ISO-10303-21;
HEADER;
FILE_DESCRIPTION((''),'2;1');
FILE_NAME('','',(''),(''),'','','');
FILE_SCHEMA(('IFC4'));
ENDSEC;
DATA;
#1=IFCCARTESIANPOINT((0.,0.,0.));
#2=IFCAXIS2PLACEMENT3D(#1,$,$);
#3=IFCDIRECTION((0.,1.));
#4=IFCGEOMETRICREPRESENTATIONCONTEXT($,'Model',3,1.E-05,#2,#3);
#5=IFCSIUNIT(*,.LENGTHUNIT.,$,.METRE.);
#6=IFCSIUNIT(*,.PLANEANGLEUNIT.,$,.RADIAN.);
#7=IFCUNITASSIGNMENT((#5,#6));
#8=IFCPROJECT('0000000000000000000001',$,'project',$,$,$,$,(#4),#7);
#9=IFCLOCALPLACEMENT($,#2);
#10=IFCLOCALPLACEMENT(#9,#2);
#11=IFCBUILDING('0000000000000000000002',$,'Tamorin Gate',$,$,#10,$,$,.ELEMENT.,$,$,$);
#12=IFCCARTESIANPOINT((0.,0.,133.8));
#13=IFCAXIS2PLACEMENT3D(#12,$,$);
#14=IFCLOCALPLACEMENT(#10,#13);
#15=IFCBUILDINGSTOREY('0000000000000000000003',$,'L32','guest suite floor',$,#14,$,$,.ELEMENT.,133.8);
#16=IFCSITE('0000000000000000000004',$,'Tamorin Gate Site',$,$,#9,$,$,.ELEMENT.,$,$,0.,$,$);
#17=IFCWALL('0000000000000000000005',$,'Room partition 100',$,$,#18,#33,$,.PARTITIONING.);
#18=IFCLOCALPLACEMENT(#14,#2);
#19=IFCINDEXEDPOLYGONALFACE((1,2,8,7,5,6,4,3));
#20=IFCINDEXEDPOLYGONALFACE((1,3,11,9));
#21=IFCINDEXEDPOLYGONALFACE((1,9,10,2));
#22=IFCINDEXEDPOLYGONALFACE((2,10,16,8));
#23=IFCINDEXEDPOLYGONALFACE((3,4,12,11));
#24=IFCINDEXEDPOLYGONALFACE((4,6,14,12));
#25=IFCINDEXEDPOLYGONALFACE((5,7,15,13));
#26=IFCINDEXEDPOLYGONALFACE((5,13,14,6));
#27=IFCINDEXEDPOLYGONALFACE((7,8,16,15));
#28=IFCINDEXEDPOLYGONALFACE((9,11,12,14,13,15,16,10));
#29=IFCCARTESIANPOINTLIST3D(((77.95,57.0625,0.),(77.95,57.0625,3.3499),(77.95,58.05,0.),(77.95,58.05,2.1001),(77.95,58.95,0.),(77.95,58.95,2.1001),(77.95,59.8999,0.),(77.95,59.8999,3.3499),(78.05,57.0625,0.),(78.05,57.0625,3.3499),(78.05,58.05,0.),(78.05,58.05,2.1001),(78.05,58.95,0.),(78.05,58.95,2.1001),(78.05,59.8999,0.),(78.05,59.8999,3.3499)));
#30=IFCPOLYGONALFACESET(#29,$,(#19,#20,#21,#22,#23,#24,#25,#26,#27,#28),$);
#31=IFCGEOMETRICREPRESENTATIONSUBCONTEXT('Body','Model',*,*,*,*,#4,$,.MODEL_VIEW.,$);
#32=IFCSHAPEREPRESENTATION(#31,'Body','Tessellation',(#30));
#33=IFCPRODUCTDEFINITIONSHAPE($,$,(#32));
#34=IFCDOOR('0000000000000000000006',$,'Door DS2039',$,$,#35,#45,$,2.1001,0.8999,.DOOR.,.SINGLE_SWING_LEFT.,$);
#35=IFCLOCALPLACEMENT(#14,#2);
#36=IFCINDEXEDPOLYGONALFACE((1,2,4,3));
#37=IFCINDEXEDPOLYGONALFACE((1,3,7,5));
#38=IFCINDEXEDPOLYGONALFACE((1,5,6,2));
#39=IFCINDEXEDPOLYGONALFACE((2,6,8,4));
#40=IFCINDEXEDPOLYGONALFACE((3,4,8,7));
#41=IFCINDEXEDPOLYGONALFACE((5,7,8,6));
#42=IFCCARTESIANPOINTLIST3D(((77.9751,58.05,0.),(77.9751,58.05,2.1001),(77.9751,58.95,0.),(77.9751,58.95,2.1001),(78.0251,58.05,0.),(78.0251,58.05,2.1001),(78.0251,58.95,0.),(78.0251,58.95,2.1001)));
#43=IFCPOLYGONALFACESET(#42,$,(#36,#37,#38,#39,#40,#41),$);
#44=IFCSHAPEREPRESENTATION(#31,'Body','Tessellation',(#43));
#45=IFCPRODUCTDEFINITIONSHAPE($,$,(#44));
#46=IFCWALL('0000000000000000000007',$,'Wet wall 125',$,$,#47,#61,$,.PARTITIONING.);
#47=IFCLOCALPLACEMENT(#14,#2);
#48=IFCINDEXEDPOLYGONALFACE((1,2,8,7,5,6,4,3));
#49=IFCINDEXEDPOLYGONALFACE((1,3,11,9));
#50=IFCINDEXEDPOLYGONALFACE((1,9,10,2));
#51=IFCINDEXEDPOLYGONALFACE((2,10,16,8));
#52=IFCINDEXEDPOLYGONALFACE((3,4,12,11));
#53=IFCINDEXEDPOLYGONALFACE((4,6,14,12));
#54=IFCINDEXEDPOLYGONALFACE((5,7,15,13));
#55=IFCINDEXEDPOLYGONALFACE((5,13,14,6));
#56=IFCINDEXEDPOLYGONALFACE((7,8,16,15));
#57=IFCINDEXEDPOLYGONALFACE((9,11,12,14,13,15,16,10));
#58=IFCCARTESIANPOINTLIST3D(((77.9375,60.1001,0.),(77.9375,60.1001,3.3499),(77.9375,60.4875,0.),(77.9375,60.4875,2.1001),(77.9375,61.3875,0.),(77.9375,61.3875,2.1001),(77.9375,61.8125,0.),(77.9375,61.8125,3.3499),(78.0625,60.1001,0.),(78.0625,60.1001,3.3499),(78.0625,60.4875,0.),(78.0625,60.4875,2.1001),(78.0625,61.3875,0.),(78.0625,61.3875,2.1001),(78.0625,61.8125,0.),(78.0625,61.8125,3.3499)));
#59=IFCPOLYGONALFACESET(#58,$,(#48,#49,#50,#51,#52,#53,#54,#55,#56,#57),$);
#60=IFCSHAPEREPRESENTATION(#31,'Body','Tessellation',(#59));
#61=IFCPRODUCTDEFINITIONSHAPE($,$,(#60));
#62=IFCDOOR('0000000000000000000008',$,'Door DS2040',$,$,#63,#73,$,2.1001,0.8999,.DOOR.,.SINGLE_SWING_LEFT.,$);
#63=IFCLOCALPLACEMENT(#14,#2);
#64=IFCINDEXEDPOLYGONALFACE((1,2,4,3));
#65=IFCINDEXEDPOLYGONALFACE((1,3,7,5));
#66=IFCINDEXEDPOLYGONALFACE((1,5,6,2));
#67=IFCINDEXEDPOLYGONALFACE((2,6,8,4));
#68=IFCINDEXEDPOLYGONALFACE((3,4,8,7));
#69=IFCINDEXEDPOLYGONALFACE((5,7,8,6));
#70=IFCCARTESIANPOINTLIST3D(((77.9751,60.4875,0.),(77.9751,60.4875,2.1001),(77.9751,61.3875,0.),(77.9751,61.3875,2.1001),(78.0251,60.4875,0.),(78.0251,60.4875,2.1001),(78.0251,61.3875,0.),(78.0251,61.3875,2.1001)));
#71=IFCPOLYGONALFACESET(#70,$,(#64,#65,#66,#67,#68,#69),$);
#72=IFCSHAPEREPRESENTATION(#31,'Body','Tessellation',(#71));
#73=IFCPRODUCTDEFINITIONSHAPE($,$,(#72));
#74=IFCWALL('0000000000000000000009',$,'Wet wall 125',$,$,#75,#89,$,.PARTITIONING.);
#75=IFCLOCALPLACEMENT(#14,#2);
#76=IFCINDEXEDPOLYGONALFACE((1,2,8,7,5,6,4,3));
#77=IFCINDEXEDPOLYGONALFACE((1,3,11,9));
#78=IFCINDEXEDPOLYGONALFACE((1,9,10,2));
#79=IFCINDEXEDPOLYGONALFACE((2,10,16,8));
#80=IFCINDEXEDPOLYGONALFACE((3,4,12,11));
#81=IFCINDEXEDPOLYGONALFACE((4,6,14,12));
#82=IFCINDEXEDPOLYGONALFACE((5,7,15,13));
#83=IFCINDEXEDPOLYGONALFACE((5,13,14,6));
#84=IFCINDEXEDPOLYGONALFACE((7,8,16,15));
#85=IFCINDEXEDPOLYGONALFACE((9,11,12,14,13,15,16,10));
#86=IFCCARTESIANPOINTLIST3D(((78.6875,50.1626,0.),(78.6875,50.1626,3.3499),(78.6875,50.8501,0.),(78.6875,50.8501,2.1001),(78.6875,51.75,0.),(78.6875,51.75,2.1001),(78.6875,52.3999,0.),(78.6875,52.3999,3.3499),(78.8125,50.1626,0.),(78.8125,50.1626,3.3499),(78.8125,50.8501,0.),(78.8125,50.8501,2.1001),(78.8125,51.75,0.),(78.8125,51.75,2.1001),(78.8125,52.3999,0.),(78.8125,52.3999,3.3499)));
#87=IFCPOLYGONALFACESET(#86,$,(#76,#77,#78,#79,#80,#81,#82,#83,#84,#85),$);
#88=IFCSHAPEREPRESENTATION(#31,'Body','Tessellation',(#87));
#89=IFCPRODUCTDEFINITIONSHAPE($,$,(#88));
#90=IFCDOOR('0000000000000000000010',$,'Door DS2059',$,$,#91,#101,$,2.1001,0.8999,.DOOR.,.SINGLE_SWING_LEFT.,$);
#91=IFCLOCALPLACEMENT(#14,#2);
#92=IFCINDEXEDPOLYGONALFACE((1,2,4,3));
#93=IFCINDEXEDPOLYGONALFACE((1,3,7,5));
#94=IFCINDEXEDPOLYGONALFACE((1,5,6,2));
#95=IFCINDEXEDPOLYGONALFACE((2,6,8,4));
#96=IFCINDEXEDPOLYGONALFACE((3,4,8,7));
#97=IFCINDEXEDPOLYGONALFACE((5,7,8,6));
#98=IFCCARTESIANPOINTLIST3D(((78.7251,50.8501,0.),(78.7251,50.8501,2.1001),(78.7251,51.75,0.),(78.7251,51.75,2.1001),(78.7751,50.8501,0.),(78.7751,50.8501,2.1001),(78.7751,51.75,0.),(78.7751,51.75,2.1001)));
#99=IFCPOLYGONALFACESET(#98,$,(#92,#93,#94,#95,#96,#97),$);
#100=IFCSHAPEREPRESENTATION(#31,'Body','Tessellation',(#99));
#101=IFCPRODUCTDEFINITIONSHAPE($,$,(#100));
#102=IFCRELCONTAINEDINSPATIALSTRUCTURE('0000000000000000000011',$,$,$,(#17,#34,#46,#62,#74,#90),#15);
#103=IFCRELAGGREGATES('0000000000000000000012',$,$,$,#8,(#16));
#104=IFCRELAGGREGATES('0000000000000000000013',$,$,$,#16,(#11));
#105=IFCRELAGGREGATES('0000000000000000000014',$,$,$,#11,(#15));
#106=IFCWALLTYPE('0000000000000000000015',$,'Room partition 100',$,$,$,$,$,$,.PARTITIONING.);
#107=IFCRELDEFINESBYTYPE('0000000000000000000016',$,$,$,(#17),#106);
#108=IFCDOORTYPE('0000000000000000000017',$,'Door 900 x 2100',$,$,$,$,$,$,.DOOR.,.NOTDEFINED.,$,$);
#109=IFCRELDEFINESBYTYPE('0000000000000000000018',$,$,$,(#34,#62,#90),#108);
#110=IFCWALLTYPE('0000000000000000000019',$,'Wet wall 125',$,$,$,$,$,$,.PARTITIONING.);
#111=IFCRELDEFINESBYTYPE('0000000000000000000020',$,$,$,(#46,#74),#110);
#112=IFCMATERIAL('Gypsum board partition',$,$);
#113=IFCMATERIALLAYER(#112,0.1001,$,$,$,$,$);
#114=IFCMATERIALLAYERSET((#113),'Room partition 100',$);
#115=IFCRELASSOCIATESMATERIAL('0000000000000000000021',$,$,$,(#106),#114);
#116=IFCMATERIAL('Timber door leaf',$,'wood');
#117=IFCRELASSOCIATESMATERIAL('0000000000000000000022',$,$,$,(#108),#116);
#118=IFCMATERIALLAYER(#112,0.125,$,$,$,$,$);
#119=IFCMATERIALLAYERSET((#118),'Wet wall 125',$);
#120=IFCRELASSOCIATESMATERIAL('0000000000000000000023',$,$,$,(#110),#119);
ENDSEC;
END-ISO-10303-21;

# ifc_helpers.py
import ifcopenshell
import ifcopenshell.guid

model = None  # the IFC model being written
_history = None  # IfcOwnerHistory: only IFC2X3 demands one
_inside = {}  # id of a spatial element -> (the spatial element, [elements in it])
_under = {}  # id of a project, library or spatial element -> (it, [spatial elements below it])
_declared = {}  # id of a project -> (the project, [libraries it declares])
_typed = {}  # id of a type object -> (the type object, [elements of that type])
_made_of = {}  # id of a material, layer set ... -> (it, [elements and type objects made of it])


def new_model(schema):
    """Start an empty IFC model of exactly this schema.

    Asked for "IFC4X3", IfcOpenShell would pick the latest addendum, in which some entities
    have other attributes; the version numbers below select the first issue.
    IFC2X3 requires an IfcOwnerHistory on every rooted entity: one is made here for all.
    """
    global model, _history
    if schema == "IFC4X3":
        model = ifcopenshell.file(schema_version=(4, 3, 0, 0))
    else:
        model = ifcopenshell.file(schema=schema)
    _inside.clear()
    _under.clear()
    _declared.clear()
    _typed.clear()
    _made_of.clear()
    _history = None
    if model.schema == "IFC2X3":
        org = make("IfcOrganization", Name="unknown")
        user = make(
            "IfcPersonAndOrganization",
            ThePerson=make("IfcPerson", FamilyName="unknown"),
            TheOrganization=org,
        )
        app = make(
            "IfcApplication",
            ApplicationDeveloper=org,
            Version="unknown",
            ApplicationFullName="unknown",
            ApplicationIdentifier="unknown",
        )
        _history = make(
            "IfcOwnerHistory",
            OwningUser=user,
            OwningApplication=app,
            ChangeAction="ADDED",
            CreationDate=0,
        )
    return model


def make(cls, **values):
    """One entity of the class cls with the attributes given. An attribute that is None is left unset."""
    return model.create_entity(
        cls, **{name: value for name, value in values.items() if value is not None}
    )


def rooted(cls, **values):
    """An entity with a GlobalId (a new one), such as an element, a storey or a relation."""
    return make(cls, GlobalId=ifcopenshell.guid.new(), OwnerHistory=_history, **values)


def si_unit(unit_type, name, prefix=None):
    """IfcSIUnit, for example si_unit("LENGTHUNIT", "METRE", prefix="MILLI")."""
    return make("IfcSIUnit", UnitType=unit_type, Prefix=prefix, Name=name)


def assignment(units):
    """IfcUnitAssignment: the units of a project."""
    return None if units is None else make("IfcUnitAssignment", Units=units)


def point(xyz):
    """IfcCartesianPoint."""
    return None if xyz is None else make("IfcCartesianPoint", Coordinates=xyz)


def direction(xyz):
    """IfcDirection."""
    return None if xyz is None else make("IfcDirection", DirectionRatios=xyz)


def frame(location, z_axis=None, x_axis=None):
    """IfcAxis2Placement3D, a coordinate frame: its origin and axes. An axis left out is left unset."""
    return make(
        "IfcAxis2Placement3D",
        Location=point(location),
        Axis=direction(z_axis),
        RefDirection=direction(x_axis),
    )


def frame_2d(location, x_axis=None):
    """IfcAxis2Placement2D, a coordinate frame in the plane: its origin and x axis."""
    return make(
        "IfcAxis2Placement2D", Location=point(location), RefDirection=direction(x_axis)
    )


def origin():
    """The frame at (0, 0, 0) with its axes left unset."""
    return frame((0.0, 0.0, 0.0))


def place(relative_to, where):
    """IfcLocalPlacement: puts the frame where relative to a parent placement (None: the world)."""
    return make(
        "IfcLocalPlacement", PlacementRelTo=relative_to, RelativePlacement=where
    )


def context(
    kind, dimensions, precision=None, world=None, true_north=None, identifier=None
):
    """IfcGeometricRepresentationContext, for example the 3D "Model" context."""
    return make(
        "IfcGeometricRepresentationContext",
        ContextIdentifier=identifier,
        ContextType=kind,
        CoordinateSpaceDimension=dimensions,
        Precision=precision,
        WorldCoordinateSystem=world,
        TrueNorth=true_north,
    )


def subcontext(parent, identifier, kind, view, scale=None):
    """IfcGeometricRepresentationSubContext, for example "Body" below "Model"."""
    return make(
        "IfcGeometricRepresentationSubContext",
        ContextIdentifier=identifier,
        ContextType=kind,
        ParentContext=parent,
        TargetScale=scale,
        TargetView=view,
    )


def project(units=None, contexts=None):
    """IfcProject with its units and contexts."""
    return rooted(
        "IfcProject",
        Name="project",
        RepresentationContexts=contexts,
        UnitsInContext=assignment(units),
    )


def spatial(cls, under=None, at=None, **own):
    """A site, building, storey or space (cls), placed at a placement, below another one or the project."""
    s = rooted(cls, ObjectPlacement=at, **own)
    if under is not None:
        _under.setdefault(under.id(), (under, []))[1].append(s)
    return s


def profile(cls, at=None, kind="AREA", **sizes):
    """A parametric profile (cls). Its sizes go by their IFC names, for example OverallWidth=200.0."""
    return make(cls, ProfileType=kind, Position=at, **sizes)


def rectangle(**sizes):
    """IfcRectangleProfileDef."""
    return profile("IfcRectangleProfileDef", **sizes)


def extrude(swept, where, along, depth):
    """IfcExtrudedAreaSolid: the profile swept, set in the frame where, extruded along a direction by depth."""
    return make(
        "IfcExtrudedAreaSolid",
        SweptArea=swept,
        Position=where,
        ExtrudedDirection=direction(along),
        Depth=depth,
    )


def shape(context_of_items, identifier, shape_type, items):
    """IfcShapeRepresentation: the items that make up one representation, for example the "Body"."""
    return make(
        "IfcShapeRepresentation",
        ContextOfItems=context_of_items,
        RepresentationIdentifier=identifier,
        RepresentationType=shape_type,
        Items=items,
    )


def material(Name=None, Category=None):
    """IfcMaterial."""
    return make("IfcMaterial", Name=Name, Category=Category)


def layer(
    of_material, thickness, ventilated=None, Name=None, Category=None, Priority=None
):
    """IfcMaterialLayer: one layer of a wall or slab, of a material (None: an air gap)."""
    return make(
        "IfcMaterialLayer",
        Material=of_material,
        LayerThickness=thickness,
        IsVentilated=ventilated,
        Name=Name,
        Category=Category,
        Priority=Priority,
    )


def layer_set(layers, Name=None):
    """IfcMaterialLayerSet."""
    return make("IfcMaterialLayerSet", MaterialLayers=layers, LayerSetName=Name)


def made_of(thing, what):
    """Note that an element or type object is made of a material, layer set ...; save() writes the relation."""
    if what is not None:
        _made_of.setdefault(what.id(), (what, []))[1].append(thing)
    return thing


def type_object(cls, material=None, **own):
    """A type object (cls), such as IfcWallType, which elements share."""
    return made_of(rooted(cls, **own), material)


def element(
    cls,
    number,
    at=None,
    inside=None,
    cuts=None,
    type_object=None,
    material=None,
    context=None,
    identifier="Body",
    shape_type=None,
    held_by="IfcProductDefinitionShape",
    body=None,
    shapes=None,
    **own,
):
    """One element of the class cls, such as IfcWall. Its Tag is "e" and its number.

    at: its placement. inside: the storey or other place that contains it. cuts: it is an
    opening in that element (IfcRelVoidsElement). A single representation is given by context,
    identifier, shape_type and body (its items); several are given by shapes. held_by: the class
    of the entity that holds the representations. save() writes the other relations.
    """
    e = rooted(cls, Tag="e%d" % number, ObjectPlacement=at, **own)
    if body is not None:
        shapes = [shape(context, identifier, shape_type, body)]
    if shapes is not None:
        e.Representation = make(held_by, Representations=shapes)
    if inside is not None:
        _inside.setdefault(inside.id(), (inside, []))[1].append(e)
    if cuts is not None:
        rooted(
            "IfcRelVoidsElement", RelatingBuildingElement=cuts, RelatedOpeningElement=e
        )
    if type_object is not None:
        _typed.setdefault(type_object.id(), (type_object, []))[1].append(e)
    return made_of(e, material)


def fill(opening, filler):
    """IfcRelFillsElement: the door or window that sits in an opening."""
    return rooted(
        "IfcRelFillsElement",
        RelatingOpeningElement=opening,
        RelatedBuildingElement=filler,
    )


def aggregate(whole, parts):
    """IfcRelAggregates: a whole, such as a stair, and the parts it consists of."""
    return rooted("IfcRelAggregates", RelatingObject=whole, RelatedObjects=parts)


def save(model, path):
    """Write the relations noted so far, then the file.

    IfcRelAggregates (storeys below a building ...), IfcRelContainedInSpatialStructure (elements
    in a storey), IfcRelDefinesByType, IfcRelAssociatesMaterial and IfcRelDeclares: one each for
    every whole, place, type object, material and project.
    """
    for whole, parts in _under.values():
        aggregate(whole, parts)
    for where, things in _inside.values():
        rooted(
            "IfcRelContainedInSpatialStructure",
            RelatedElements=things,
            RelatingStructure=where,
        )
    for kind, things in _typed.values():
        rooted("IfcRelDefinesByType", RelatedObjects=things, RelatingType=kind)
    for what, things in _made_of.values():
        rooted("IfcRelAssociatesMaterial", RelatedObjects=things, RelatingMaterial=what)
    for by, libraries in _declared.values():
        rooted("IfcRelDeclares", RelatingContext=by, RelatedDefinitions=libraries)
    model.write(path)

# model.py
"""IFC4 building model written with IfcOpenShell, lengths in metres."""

from ifc_helpers import new_model, si_unit, direction, frame, frame_2d, origin, place, context, subcontext, project, spatial, rectangle, extrude, material, layer, layer_set, type_object, element, fill, save


model = new_model("IFC4")

# Units and contexts
model_context = context("Model", 3, precision=1e-05, world=origin(), true_north=direction((0.0, 1.0)))
body_context = subcontext(model_context, "Body", "Model", "MODEL_VIEW")
ifc_project = project(units=[si_unit("LENGTHUNIT", "METRE"), si_unit("PLANEANGLEUNIT", "RADIAN")], contexts=[model_context])

# Site, building, storey
site_placement = place(None, origin())
site = spatial("IfcSite", under=ifc_project, at=site_placement, Name="Tamorin Gate Site", CompositionType="ELEMENT", RefElevation=0.0)
building_placement = place(site_placement, origin())
building = spatial("IfcBuilding", under=site, at=building_placement, Name="Tamorin Gate", CompositionType="ELEMENT")
storey_placement = place(building_placement, frame((0.0, 0.0, 133.8)))
storey = spatial("IfcBuildingStorey", under=building, at=storey_placement, Name="L32", Description="guest suite floor", CompositionType="ELEMENT", Elevation=133.8)

# Walls, openings, doors
ifc_material_1 = material(Name="Gypsum board partition")
ifc_layer_1 = layer(ifc_material_1, 0.1001)
ifc_layer_set_1 = layer_set([ifc_layer_1], Name="Room partition 100")
wall_type_1 = type_object("IfcWallType", Name="Room partition 100", PredefinedType="PARTITIONING", material=ifc_layer_set_1)
wall_1_placement = place(storey_placement, frame((78.0, 57.0625, 0.0), z_axis=(0.0, 0.0, 1.0), x_axis=(0.0, 1.0, 0.0)))
wall_1 = element("IfcWall", 1, at=wall_1_placement, inside=storey, type_object=wall_type_1, Name="Room partition 100", PredefinedType="PARTITIONING", context=body_context, shape_type="SweptSolid", body=[
    extrude(rectangle(XDim=2.8374, YDim=0.1001, at=frame_2d((1.4187, 0.0))), origin(), (0.0, 0.0, 1.0), 3.3499),
])
opening_1_placement = place(wall_1_placement, frame((0.9875, 0.0, 0.0)))
opening_1 = element("IfcOpeningElement", 2, at=opening_1_placement, cuts=wall_1, PredefinedType="OPENING", context=body_context, shape_type="SweptSolid", body=[
    extrude(rectangle(XDim=0.8999, YDim=2.1001, at=frame_2d((0.45, 1.05))), frame((0.0, 0.0601, 0.0), z_axis=(0.0, -1.0, 0.0), x_axis=(1.0, 0.0, 0.0)), (0.0, 0.0, 1.0), 0.1201),
])
ifc_material_2 = material(Name="Timber door leaf", Category="wood")
door_type = type_object("IfcDoorType", Name="Door 900 x 2100", OperationType="NOTDEFINED", PredefinedType="DOOR", material=ifc_material_2)
door_1_placement = place(opening_1_placement, origin())
door_1 = element("IfcDoor", 3, at=door_1_placement, inside=storey, type_object=door_type, Name="Door DS2039", OperationType="SINGLE_SWING_LEFT", OverallHeight=2.1001, OverallWidth=0.8999, PredefinedType="DOOR", context=body_context, shape_type="SweptSolid", body=[
    extrude(rectangle(XDim=0.8999, YDim=2.1001, at=frame_2d((0.45, 1.05))), frame((0.0, 0.0249, 0.0), z_axis=(0.0, -1.0, 0.0), x_axis=(1.0, 0.0, 0.0)), (0.0, 0.0, 1.0), 0.05),
])
fill(opening_1, door_1)
ifc_layer_2 = layer(ifc_material_1, 0.125)
ifc_layer_set_2 = layer_set([ifc_layer_2], Name="Wet wall 125")
wall_type_2 = type_object("IfcWallType", Name="Wet wall 125", PredefinedType="PARTITIONING", material=ifc_layer_set_2)
wall_2_placement = place(storey_placement, frame((78.0, 60.1001, 0.0), z_axis=(0.0, 0.0, 1.0), x_axis=(0.0, 1.0, 0.0)))
wall_2 = element("IfcWall", 4, at=wall_2_placement, inside=storey, type_object=wall_type_2, Name="Wet wall 125", PredefinedType="PARTITIONING", context=body_context, shape_type="SweptSolid", body=[
    extrude(rectangle(XDim=1.7124, YDim=0.125, at=frame_2d((0.8562, 0.0))), origin(), (0.0, 0.0, 1.0), 3.3499),
])
opening_2_placement = place(wall_2_placement, frame((0.3875, 0.0, 0.0)))
opening_2 = element("IfcOpeningElement", 5, at=opening_2_placement, cuts=wall_2, PredefinedType="OPENING", context=body_context, shape_type="SweptSolid", body=[
    extrude(rectangle(XDim=0.8999, YDim=2.1001, at=frame_2d((0.45, 1.05))), frame((0.0, 0.0725, 0.0), z_axis=(0.0, -1.0, 0.0), x_axis=(1.0, 0.0, 0.0)), (0.0, 0.0, 1.0), 0.145),
])
door_2_placement = place(opening_2_placement, origin())
door_2 = element("IfcDoor", 6, at=door_2_placement, inside=storey, type_object=door_type, Name="Door DS2040", OperationType="SINGLE_SWING_LEFT", OverallHeight=2.1001, OverallWidth=0.8999, PredefinedType="DOOR", context=body_context, shape_type="SweptSolid", body=[
    extrude(rectangle(XDim=0.8999, YDim=2.1001, at=frame_2d((0.45, 1.05))), frame((0.0, 0.0249, 0.0), z_axis=(0.0, -1.0, 0.0), x_axis=(1.0, 0.0, 0.0)), (0.0, 0.0, 1.0), 0.05),
])
fill(opening_2, door_2)
wall_3_placement = place(storey_placement, frame((78.75, 50.1626, 0.0), z_axis=(0.0, 0.0, 1.0), x_axis=(0.0, 1.0, 0.0)))
wall_3 = element("IfcWall", 7, at=wall_3_placement, inside=storey, type_object=wall_type_2, Name="Wet wall 125", PredefinedType="PARTITIONING", context=body_context, shape_type="SweptSolid", body=[
    extrude(rectangle(XDim=2.2373, YDim=0.125, at=frame_2d((1.1187, 0.0))), origin(), (0.0, 0.0, 1.0), 3.3499),
])
opening_3_placement = place(wall_3_placement, frame((0.6875, 0.0, 0.0)))
opening_3 = element("IfcOpeningElement", 8, at=opening_3_placement, cuts=wall_3, PredefinedType="OPENING", context=body_context, shape_type="SweptSolid", body=[
    extrude(rectangle(XDim=0.8999, YDim=2.1001, at=frame_2d((0.45, 1.05))), frame((0.0, 0.0725, 0.0), z_axis=(0.0, -1.0, 0.0), x_axis=(1.0, 0.0, 0.0)), (0.0, 0.0, 1.0), 0.145),
])
door_3_placement = place(opening_3_placement, origin())
door_3 = element("IfcDoor", 9, at=door_3_placement, inside=storey, type_object=door_type, Name="Door DS2059", OperationType="SINGLE_SWING_LEFT", OverallHeight=2.1001, OverallWidth=0.8999, PredefinedType="DOOR", context=body_context, shape_type="SweptSolid", body=[
    extrude(rectangle(XDim=0.8999, YDim=2.1001, at=frame_2d((0.45, 1.05))), frame((0.0, 0.0249, 0.0), z_axis=(0.0, -1.0, 0.0), x_axis=(1.0, 0.0, 0.0)), (0.0, 0.0, 1.0), 0.05),
])
fill(opening_3, door_3)

save(model, "model.ifc")
